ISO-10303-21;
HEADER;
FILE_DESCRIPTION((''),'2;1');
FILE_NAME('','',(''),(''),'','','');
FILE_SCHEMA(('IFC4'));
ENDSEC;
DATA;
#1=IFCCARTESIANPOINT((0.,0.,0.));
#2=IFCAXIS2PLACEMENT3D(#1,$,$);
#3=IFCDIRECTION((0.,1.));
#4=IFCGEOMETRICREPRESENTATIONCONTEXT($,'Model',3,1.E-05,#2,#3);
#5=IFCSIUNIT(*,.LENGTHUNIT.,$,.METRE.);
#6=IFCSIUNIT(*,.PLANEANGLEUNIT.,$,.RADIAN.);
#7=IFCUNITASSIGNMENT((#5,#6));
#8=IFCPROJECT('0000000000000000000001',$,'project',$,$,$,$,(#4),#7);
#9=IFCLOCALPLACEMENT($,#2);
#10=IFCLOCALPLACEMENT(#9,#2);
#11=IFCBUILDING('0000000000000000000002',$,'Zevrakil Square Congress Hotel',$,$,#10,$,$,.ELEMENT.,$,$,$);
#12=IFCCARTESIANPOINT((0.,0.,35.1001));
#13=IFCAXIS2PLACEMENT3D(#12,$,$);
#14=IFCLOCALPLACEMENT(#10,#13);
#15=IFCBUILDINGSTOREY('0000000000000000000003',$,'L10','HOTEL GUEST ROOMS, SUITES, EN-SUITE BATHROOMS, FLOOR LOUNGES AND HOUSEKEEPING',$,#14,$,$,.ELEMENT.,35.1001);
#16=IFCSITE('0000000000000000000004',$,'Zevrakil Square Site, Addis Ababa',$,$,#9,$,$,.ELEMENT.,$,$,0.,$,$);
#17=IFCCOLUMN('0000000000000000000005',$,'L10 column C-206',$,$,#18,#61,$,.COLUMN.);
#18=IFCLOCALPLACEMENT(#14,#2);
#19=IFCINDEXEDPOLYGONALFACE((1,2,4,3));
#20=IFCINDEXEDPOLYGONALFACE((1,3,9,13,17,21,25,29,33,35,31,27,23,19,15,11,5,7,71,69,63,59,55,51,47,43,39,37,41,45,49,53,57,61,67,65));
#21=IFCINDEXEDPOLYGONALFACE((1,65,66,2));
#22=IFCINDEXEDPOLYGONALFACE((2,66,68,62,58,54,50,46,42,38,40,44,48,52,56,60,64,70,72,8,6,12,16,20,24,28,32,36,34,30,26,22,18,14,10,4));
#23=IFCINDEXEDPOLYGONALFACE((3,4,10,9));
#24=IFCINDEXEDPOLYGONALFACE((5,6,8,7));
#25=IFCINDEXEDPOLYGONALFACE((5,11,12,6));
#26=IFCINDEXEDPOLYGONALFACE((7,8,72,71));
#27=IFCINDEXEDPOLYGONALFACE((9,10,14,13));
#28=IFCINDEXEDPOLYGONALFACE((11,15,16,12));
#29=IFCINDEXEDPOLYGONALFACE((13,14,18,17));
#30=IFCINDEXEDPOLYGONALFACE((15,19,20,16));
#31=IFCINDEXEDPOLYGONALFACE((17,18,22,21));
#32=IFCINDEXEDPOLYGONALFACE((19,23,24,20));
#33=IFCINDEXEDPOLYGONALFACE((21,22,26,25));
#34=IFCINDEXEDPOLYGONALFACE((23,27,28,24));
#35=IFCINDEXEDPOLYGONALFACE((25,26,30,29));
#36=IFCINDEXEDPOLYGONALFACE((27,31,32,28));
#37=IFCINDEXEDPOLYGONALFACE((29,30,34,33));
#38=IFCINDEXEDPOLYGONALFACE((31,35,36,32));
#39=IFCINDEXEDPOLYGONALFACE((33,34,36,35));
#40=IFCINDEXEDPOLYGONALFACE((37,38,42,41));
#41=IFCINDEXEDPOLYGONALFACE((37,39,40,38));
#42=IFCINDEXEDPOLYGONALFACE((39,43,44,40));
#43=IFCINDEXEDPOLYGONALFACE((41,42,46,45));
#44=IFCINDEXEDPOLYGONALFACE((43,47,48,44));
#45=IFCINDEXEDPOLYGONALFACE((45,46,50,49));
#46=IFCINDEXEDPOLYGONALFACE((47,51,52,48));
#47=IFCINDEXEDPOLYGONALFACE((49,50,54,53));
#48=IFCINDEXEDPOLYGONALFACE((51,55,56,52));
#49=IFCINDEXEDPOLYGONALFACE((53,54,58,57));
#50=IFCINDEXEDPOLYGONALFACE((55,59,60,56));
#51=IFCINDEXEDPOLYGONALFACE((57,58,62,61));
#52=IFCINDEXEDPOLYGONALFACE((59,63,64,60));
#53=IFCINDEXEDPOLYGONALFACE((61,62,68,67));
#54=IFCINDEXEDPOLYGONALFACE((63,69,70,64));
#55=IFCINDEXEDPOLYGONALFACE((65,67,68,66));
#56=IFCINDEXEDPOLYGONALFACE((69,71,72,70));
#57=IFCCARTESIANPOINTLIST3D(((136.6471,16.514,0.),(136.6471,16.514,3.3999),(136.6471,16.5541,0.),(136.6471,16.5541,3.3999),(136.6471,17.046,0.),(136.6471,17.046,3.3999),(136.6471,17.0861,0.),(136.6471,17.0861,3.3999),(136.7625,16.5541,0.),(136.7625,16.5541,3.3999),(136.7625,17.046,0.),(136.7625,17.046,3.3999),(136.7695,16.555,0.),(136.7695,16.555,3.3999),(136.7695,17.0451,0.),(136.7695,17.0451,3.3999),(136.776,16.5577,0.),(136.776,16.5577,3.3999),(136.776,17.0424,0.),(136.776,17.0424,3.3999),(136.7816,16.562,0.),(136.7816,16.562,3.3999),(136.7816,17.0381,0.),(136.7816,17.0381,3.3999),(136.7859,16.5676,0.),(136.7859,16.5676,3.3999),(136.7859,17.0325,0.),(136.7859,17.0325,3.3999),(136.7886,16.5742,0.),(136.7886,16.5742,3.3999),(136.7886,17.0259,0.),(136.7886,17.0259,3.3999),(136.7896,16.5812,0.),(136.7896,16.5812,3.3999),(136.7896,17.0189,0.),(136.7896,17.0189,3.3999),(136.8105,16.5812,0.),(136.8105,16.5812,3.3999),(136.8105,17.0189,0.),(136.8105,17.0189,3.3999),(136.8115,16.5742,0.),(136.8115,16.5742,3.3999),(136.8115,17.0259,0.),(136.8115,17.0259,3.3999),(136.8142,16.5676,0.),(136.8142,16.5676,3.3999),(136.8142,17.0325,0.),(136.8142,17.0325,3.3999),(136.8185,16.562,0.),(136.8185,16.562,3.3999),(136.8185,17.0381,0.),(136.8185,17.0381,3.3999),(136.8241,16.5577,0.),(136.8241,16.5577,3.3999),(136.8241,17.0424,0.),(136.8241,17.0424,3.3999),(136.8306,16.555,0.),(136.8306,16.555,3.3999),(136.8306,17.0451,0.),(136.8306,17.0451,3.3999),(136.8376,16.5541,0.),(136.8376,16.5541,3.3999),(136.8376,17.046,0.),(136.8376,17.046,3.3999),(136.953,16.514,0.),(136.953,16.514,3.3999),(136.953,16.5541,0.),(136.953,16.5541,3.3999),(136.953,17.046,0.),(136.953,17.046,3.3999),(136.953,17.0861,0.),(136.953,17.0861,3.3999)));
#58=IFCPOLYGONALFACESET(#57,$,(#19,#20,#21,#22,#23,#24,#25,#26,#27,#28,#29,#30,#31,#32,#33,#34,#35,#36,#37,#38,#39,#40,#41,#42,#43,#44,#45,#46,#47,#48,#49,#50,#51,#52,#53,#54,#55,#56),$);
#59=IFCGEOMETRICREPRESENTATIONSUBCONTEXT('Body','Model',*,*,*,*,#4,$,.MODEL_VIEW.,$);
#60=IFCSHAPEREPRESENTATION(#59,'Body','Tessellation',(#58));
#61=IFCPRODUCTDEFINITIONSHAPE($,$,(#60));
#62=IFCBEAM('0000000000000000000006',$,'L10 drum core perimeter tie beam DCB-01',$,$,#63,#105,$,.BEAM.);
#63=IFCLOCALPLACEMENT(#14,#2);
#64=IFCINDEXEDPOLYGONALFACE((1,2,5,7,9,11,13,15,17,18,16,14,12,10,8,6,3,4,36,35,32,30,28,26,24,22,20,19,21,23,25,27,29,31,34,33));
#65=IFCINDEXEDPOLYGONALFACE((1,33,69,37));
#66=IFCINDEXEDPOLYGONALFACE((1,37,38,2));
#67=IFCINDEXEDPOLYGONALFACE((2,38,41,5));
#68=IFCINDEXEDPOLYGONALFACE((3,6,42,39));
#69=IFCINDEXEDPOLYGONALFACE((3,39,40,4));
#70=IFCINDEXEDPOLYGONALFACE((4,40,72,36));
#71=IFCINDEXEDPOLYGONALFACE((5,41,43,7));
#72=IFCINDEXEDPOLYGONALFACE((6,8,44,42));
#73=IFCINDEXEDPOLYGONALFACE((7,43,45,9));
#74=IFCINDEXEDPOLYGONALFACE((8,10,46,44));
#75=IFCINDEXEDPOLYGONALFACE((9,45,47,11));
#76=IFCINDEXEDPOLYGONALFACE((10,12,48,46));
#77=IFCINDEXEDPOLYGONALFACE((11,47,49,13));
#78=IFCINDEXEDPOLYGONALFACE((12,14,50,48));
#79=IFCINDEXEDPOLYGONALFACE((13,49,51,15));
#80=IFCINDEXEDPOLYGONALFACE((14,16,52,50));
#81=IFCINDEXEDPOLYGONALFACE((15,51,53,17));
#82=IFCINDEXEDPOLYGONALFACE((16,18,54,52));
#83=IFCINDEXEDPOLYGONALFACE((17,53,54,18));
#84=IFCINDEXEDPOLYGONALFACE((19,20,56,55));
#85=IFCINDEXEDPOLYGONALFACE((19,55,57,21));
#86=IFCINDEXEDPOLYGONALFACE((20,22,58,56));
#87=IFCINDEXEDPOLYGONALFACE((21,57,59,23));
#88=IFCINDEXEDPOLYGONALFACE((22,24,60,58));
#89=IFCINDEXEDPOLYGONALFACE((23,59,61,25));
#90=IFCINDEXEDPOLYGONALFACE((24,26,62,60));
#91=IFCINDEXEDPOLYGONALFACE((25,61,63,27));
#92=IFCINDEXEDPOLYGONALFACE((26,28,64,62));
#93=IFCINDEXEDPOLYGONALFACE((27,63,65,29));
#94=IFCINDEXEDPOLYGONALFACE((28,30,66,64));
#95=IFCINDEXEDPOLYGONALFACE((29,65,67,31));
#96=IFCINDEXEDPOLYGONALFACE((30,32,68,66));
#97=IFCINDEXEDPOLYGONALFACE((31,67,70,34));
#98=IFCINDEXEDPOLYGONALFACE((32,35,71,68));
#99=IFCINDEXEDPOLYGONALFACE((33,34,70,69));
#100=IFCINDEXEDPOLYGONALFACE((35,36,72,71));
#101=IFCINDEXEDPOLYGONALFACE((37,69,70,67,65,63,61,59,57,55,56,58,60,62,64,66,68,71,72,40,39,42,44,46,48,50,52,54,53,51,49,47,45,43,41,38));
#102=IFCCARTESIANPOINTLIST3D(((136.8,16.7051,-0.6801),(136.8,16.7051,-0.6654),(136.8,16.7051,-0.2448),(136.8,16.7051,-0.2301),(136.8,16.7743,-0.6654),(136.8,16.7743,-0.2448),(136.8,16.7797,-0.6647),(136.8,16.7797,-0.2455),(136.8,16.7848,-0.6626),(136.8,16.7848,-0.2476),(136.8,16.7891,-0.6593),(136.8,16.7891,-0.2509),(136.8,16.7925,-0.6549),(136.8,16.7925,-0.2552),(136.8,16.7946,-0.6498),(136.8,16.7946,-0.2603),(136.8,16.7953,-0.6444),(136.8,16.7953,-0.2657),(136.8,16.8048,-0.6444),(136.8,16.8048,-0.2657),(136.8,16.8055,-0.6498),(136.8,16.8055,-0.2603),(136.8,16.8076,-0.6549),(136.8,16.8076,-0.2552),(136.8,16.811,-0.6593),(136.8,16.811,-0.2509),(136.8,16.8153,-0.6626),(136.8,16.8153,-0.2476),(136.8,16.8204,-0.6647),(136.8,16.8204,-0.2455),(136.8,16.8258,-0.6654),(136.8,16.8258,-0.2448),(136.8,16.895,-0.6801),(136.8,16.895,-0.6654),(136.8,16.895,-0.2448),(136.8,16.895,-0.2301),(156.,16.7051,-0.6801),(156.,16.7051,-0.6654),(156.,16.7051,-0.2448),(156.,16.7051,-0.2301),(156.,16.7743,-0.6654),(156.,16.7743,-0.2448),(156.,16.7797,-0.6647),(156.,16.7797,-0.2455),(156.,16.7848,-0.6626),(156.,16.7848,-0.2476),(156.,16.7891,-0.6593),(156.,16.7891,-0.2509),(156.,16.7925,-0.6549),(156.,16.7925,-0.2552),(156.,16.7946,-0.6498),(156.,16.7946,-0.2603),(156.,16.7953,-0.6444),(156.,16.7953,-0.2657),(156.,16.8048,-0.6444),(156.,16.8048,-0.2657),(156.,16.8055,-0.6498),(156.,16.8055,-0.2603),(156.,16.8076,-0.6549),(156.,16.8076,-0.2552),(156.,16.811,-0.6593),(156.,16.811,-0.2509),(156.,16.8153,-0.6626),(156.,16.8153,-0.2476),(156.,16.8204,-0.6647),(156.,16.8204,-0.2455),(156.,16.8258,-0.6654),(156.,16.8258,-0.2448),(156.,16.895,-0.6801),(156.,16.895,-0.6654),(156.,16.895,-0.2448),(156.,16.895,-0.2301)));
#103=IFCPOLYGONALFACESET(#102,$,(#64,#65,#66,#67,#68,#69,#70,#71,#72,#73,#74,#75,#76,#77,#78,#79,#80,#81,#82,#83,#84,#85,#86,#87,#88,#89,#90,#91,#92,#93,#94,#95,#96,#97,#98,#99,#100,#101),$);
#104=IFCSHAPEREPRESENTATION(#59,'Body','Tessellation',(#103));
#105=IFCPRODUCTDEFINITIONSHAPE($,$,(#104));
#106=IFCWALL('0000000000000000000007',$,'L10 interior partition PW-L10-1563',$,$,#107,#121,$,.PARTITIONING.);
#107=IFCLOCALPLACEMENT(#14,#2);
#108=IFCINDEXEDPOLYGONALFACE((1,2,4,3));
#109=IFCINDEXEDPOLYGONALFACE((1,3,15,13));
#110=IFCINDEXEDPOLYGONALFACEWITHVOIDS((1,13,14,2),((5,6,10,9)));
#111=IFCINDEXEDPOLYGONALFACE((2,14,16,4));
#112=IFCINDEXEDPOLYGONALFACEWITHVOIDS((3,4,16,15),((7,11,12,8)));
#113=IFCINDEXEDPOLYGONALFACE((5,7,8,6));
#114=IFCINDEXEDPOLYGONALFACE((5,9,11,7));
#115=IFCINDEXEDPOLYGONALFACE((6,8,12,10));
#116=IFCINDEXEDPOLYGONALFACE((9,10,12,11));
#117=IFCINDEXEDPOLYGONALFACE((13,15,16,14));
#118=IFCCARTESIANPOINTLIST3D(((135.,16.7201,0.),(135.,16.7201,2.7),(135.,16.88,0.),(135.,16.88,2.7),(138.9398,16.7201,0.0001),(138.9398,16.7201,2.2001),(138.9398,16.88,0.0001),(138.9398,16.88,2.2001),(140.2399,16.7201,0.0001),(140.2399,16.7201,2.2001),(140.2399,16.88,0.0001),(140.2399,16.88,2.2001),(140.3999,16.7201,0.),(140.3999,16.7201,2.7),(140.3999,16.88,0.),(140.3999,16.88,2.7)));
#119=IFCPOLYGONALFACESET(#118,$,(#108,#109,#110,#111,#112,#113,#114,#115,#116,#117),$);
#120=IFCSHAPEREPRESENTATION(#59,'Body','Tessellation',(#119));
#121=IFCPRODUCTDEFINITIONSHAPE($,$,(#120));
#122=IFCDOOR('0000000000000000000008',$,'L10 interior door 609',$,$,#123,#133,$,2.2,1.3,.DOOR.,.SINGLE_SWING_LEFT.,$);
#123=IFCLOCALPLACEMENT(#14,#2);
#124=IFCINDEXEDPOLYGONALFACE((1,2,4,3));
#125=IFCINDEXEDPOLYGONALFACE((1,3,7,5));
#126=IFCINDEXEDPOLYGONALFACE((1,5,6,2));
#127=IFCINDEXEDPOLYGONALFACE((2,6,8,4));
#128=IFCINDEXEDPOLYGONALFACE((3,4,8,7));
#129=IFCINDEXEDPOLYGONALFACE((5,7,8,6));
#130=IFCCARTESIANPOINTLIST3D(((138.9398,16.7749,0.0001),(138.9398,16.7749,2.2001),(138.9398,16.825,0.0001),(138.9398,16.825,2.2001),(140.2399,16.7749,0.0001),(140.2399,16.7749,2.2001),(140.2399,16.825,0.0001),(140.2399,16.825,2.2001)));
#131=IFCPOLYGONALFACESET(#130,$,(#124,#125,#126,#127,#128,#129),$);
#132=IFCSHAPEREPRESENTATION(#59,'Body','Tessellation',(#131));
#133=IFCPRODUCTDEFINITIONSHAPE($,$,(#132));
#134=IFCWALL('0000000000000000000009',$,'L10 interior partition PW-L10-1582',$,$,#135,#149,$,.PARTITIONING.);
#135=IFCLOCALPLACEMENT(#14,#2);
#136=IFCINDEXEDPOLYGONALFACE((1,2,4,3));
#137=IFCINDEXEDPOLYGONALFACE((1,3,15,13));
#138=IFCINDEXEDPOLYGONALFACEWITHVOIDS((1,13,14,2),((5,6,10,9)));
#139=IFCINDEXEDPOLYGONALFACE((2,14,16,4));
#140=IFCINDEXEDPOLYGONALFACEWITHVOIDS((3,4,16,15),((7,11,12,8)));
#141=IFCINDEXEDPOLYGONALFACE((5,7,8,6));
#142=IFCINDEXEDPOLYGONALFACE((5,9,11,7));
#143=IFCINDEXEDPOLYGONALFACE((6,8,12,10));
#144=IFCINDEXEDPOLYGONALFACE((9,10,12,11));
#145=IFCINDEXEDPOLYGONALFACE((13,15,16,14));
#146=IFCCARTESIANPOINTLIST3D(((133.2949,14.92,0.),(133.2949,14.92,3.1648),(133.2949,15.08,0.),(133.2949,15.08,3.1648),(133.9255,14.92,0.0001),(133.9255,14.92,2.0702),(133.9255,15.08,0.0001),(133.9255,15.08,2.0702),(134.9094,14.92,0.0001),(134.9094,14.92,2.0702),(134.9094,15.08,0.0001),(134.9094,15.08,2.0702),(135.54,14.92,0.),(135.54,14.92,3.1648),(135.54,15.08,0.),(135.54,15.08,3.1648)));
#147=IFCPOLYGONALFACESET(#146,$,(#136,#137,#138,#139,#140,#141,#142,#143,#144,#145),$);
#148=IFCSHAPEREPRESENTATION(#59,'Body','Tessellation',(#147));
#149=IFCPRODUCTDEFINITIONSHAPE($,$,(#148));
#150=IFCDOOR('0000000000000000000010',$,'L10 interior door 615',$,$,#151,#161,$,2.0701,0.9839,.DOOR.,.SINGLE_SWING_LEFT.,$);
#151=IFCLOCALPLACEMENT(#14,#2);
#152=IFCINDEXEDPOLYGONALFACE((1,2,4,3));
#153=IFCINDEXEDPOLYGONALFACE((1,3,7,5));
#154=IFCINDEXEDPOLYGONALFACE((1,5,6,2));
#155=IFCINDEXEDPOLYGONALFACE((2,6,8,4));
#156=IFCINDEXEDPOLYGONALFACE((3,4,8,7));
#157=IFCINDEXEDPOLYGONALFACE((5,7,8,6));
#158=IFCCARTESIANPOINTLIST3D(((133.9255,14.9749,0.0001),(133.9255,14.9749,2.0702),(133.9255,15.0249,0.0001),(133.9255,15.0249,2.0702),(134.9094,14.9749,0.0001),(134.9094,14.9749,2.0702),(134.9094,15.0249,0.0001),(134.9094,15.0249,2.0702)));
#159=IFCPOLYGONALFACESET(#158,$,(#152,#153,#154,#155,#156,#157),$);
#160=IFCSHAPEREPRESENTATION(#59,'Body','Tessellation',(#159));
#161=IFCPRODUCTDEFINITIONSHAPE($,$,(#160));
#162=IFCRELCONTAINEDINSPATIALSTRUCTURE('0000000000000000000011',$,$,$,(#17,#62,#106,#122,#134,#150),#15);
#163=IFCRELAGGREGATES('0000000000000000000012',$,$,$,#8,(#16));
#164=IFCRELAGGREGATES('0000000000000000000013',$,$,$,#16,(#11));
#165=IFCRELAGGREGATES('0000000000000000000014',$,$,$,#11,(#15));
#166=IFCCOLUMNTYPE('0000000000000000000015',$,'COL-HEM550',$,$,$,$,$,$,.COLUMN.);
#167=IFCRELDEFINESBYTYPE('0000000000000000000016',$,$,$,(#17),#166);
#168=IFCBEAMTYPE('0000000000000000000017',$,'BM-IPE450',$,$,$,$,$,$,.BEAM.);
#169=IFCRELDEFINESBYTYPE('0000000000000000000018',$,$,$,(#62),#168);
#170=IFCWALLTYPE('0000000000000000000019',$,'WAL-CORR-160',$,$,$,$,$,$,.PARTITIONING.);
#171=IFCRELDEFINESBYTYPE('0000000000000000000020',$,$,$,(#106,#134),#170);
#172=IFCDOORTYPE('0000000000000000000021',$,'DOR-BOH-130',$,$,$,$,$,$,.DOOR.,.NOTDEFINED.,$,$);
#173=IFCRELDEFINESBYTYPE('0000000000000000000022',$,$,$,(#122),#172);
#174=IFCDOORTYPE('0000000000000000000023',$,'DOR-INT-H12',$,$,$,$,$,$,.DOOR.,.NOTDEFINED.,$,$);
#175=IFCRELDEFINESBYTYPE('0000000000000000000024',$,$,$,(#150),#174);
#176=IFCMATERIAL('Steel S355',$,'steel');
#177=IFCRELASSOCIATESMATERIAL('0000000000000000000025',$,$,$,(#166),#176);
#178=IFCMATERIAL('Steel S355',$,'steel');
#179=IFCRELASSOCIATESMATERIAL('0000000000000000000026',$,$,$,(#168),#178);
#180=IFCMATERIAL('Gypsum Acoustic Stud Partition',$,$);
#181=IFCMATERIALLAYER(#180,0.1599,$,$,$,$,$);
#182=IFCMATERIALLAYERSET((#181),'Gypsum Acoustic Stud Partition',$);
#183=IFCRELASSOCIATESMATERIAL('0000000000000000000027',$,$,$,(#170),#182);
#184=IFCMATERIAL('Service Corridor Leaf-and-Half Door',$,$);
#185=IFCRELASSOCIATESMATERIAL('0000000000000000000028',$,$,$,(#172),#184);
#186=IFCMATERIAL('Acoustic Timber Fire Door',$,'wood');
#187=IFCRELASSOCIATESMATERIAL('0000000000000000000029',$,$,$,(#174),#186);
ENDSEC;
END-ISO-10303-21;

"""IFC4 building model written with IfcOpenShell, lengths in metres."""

from ifc_helpers import new_model, si_unit, direction, frame, frame_2d, origin, origin_2d, place, context, subcontext, project, spatial, rectangle, i_section, extrude, material, layer, layer_set, material_profile, profile_set, type_object, element, fill, save


model = new_model("IFC4")

# Units and contexts
model_context = context("Model", 3, precision=1e-05, world=origin(), true_north=direction((0.0, 1.0)))
body_context = subcontext(model_context, "Body", "Model", "MODEL_VIEW")
ifc_project = project(units=[si_unit("LENGTHUNIT", "METRE"), si_unit("PLANEANGLEUNIT", "RADIAN")], contexts=[model_context])

# Site, building, storey
site_placement = place(None, origin())
site = spatial("IfcSite", under=ifc_project, at=site_placement, Name="Zevrakil Square Site, Addis Ababa", CompositionType="ELEMENT", RefElevation=0.0)
building_placement = place(site_placement, origin())
building = spatial("IfcBuilding", under=site, at=building_placement, Name="Zevrakil Square Congress Hotel", CompositionType="ELEMENT")
storey_placement = place(building_placement, frame((0.0, 0.0, 35.1001)))
storey = spatial("IfcBuildingStorey", under=building, at=storey_placement, Name="L10", Description="HOTEL GUEST ROOMS, SUITES, EN-SUITE BATHROOMS, FLOOR LOUNGES AND HOUSEKEEPING", CompositionType="ELEMENT", Elevation=35.1001)

# Column
ifc_material_1 = material(Name="Steel S355", Category="steel")
ifc_material_profile_1 = material_profile(ifc_material_1, i_section(OverallWidth=0.3059, OverallDepth=0.572, WebThickness=0.021, FlangeThickness=0.04, FilletRadius=0.0271, at=origin_2d()), Name="HEM 550")
ifc_profile_set_1 = profile_set([ifc_material_profile_1], Name="Steel S355")
column_type = type_object("IfcColumnType", Name="COL-HEM550", PredefinedType="COLUMN", material=ifc_profile_set_1)
column_placement = place(storey_placement, frame((136.8, 16.8, 0.0), z_axis=(0.0, 0.0, 1.0), x_axis=(1.0, 0.0, 0.0)))
element("IfcColumn", 1, at=column_placement, inside=storey, type_object=column_type, Name="L10 column C-206", PredefinedType="COLUMN", context=body_context, shape_type="SweptSolid", body=[
    extrude(i_section(OverallWidth=0.3059, OverallDepth=0.572, WebThickness=0.021, FlangeThickness=0.04, FilletRadius=0.0271, at=origin_2d()), origin(), (0.0, 0.0, 1.0), 3.3999),
])

# Beam
ifc_material_2 = material(Name="Steel S355", Category="steel")
ifc_material_profile_2 = material_profile(ifc_material_2, i_section(OverallWidth=0.1899, OverallDepth=0.45, WebThickness=0.0095, FlangeThickness=0.0146, FilletRadius=0.021, at=origin_2d()), Name="IPE 450")
ifc_profile_set_2 = profile_set([ifc_material_profile_2], Name="Steel S355")
beam_type = type_object("IfcBeamType", Name="BM-IPE450", PredefinedType="BEAM", material=ifc_profile_set_2)
beam_placement = place(storey_placement, frame((136.8, 16.8, -0.4551), z_axis=(1.0, 0.0, 0.0), x_axis=(0.0, 1.0, 0.0)))
element("IfcBeam", 2, at=beam_placement, inside=storey, type_object=beam_type, Name="L10 drum core perimeter tie beam DCB-01", PredefinedType="BEAM", context=body_context, shape_type="SweptSolid", body=[
    extrude(i_section(OverallWidth=0.1899, OverallDepth=0.45, WebThickness=0.0095, FlangeThickness=0.0146, FilletRadius=0.021, at=origin_2d()), origin(), (0.0, 0.0, 1.0), 19.2),
])

# Walls, openings, doors
ifc_material_3 = material(Name="Gypsum Acoustic Stud Partition")
ifc_layer_1 = layer(ifc_material_3, 0.1599)
ifc_layer_set_1 = layer_set([ifc_layer_1], Name="Gypsum Acoustic Stud Partition")
wall_type_1 = type_object("IfcWallType", Name="WAL-CORR-160", PredefinedType="PARTITIONING", material=ifc_layer_set_1)
wall_1_placement = place(storey_placement, frame((135.0, 16.8, 0.0), z_axis=(0.0, 0.0, 1.0), x_axis=(1.0, 0.0, 0.0)))
wall_1 = element("IfcWall", 3, at=wall_1_placement, inside=storey, type_object=wall_type_1, Name="L10 interior partition PW-L10-1563", PredefinedType="PARTITIONING", context=body_context, shape_type="SweptSolid", body=[
    extrude(rectangle(XDim=5.3999, YDim=0.1599, at=frame_2d((2.7, 0.0))), origin(), (0.0, 0.0, 1.0), 2.7),
])
opening_1_placement = place(wall_1_placement, frame((3.9399, 0.0, 0.0)))
opening_1 = element("IfcOpeningElement", 4, at=opening_1_placement, cuts=wall_1, PredefinedType="OPENING", context=body_context, shape_type="SweptSolid", body=[
    extrude(rectangle(XDim=1.3, YDim=2.2, at=frame_2d((0.6499, 1.1001))), frame((0.0, 0.0898, 0.0), z_axis=(0.0, -1.0, 0.0), x_axis=(1.0, 0.0, 0.0)), (0.0, 0.0, 1.0), 0.1799),
])
ifc_material_4 = material(Name="Service Corridor Leaf-and-Half Door")
door_type_1 = type_object("IfcDoorType", Name="DOR-BOH-130", OperationType="NOTDEFINED", PredefinedType="DOOR", material=ifc_material_4)
door_1_placement = place(opening_1_placement, origin())
door_1 = element("IfcDoor", 5, at=door_1_placement, inside=storey, type_object=door_type_1, Name="L10 interior door 609", OperationType="SINGLE_SWING_LEFT", OverallHeight=2.2, OverallWidth=1.3, PredefinedType="DOOR", context=body_context, shape_type="SweptSolid", body=[
    extrude(rectangle(XDim=1.3, YDim=2.2, at=frame_2d((0.6499, 1.1001))), frame((0.0, 0.0249, 0.0), z_axis=(0.0, -1.0, 0.0), x_axis=(1.0, 0.0, 0.0)), (0.0, 0.0, 1.0), 0.05),
])
fill(opening_1, door_1)
wall_2_placement = place(storey_placement, frame((133.2949, 15.0, 0.0), z_axis=(0.0, 0.0, 1.0), x_axis=(1.0, 0.0, 0.0)))
wall_2 = element("IfcWall", 6, at=wall_2_placement, inside=storey, type_object=wall_type_1, Name="L10 interior partition PW-L10-1582", PredefinedType="PARTITIONING", context=body_context, shape_type="SweptSolid", body=[
    extrude(rectangle(XDim=2.2451, YDim=0.1599, at=frame_2d((1.1226, 0.0))), origin(), (0.0, 0.0, 1.0), 3.1648),
])
opening_2_placement = place(wall_2_placement, frame((0.6306, 0.0, 0.0)))
opening_2 = element("IfcOpeningElement", 7, at=opening_2_placement, cuts=wall_2, PredefinedType="OPENING", context=body_context, shape_type="SweptSolid", body=[
    extrude(rectangle(XDim=0.9839, YDim=2.0701, at=frame_2d((0.4919, 1.0352))), frame((0.0, 0.0898, 0.0), z_axis=(0.0, -1.0, 0.0), x_axis=(1.0, 0.0, 0.0)), (0.0, 0.0, 1.0), 0.1799),
])
ifc_material_5 = material(Name="Acoustic Timber Fire Door", Category="wood")
door_type_2 = type_object("IfcDoorType", Name="DOR-INT-H12", OperationType="NOTDEFINED", PredefinedType="DOOR", material=ifc_material_5)
door_2_placement = place(opening_2_placement, origin())
door_2 = element("IfcDoor", 8, at=door_2_placement, inside=storey, type_object=door_type_2, Name="L10 interior door 615", OperationType="SINGLE_SWING_LEFT", OverallHeight=2.0701, OverallWidth=0.9839, PredefinedType="DOOR", context=body_context, shape_type="SweptSolid", body=[
    extrude(rectangle(XDim=0.9839, YDim=2.0701, at=frame_2d((0.4919, 1.0352))), frame((0.0, 0.0249, 0.0), z_axis=(0.0, -1.0, 0.0), x_axis=(1.0, 0.0, 0.0)), (0.0, 0.0, 1.0), 0.05),
])
fill(opening_2, door_2)

save(model, "model.ifc")
